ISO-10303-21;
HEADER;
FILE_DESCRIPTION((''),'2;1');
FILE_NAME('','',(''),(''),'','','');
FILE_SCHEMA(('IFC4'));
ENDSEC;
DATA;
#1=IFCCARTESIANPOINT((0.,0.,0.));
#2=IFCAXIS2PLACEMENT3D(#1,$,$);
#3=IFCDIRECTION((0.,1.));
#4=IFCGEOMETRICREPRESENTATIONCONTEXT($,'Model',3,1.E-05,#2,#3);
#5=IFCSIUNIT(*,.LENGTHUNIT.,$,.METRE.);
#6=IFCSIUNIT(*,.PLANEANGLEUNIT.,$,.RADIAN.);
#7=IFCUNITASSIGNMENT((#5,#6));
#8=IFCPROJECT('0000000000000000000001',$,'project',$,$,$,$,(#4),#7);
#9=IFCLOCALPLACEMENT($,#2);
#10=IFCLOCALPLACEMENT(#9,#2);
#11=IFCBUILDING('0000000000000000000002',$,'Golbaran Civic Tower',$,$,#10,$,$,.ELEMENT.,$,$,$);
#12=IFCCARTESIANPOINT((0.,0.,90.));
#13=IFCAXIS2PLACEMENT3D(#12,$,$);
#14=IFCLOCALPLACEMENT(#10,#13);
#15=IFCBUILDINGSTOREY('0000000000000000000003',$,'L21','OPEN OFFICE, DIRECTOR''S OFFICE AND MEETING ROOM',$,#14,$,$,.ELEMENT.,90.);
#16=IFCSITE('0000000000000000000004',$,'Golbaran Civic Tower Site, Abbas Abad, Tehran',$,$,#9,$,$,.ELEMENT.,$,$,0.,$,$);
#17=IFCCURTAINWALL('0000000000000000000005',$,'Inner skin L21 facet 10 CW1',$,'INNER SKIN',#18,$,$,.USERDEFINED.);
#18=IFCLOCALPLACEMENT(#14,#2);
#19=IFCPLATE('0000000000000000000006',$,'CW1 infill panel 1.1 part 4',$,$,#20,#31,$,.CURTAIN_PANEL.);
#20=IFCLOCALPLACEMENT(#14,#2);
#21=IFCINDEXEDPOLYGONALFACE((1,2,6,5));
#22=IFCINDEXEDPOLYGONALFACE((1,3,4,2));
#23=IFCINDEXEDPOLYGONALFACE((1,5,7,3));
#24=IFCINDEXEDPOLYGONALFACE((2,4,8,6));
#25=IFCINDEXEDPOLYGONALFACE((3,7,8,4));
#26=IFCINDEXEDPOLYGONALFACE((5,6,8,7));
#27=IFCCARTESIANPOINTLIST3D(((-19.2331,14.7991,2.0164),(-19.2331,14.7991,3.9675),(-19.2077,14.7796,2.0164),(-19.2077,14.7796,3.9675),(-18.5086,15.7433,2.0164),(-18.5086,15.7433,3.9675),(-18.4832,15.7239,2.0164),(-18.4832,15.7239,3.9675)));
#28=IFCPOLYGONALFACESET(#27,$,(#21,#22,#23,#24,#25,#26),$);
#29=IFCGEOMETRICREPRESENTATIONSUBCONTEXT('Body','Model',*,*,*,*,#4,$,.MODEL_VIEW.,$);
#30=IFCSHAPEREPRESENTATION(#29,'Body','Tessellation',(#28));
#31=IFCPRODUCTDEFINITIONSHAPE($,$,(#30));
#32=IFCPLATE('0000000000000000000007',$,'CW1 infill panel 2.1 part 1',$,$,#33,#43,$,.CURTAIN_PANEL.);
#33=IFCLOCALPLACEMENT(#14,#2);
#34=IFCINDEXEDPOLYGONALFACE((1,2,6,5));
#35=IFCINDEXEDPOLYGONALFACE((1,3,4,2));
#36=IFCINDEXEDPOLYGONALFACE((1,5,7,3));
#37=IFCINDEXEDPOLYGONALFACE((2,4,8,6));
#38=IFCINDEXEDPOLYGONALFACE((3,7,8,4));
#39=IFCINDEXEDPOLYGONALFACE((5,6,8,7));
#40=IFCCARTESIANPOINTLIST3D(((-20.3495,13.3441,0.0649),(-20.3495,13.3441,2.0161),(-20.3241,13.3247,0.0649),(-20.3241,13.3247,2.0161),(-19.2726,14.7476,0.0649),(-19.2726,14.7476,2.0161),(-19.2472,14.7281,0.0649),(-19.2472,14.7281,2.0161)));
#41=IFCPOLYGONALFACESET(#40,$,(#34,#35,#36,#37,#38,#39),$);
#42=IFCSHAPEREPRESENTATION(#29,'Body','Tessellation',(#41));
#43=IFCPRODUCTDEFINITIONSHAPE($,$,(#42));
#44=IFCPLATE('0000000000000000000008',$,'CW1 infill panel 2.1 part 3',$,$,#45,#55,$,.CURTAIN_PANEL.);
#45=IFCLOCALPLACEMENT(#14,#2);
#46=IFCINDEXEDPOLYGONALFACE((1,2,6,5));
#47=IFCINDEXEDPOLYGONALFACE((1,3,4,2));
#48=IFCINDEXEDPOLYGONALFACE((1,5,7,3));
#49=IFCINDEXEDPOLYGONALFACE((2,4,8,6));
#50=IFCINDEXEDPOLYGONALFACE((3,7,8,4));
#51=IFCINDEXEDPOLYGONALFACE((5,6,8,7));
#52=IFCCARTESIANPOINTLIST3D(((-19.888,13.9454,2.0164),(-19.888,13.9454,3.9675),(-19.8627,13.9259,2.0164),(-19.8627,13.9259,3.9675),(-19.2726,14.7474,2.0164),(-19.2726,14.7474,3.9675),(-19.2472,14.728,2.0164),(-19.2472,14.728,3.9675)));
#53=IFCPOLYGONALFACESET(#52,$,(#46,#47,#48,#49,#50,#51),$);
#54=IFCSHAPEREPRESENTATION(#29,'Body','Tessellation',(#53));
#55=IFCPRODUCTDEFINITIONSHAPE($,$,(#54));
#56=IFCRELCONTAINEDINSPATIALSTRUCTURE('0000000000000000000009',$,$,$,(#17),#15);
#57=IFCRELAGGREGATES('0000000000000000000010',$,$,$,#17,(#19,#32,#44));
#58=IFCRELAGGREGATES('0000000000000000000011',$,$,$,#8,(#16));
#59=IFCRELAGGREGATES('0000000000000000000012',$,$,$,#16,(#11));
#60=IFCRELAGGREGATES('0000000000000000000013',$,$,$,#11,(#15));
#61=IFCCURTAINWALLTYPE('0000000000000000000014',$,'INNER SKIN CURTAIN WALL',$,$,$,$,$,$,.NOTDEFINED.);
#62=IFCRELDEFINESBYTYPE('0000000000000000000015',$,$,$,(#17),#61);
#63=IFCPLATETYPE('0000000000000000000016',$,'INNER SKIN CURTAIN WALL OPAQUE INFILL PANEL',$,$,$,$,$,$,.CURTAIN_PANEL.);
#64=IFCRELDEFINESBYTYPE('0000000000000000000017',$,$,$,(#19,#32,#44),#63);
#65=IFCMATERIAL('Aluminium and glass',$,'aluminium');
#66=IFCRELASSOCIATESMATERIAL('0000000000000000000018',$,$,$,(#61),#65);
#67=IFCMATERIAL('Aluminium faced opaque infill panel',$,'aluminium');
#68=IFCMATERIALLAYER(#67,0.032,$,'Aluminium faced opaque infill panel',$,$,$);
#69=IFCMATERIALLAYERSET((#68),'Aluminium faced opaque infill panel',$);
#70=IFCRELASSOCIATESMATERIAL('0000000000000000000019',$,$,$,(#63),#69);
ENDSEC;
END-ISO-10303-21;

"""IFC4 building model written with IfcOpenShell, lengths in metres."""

from ifc_helpers import new_model, si_unit, direction, frame, origin, origin_2d, place, context, subcontext, project, spatial, rectangle, extrude, material, layer, layer_set, type_object, element, aggregate, save


model = new_model("IFC4")

# Units and contexts
model_context = context("Model", 3, precision=1e-05, world=origin(), true_north=direction((0.0, 1.0)))
body_context = subcontext(model_context, "Body", "Model", "MODEL_VIEW")
ifc_project = project(units=[si_unit("LENGTHUNIT", "METRE"), si_unit("PLANEANGLEUNIT", "RADIAN")], contexts=[model_context])

# Site, building, storey
site_placement = place(None, origin())
site = spatial("IfcSite", under=ifc_project, at=site_placement, Name="Golbaran Civic Tower Site, Abbas Abad, Tehran", CompositionType="ELEMENT", RefElevation=0.0)
building_placement = place(site_placement, origin())
building = spatial("IfcBuilding", under=site, at=building_placement, Name="Golbaran Civic Tower", CompositionType="ELEMENT")
storey_placement = place(building_placement, frame((0.0, 0.0, 90.0)))
storey = spatial("IfcBuildingStorey", under=building, at=storey_placement, Name="L21", Description="OPEN OFFICE, DIRECTOR'S OFFICE AND MEETING ROOM", CompositionType="ELEMENT", Elevation=90.0)

# Shared definitions
ifc_material_1 = material(Name="Aluminium and glass", Category="aluminium")
curtain_wall_type = type_object("IfcCurtainWallType", Name="INNER SKIN CURTAIN WALL", PredefinedType="NOTDEFINED", material=ifc_material_1)

# Curtain wall
curtain_wall_1_placement = place(storey_placement, origin())
curtain_wall_1 = element("IfcCurtainWall", 1, at=curtain_wall_1_placement, inside=storey, type_object=curtain_wall_type, Name="Inner skin L21 facet 10 CW1", ObjectType="INNER SKIN", PredefinedType="USERDEFINED")

# Plates
ifc_material_2 = material(Name="Aluminium faced opaque infill panel", Category="aluminium")
ifc_layer_1 = layer(ifc_material_2, 0.032, Name="Aluminium faced opaque infill panel")
ifc_layer_set_1 = layer_set([ifc_layer_1], Name="Aluminium faced opaque infill panel")
plate_type_1 = type_object("IfcPlateType", Name="INNER SKIN CURTAIN WALL OPAQUE INFILL PANEL", PredefinedType="CURTAIN_PANEL", material=ifc_layer_set_1)
plate_1_placement = place(storey_placement, frame((-18.8582, 15.2615, 2.0164), z_axis=(0.0, 0.0, 1.0), x_axis=(-0.608761, -0.793353, 0.0)))
plate_1 = element("IfcPlate", 2, at=plate_1_placement, type_object=plate_type_1, Name="CW1 infill panel 1.1 part 4", PredefinedType="CURTAIN_PANEL", context=body_context, shape_type="SweptSolid", body=[
    extrude(rectangle(XDim=1.1902, YDim=0.032, at=origin_2d()), origin(), (0.0, 0.0, 1.0), 1.9512),
])
plate_2_placement = place(storey_placement, frame((-19.7983, 14.0361, 0.0649), z_axis=(0.0, 0.0, 1.0), x_axis=(-0.608761, -0.793353, 0.0)))
plate_2 = element("IfcPlate", 3, at=plate_2_placement, type_object=plate_type_1, Name="CW1 infill panel 2.1 part 1", PredefinedType="CURTAIN_PANEL", context=body_context, shape_type="SweptSolid", body=[
    extrude(rectangle(XDim=1.769, YDim=0.032, at=origin_2d()), origin(), (0.0, 0.0, 1.0), 1.9512),
])
plate_3_placement = place(storey_placement, frame((-19.5676, 14.3367, 2.0164), z_axis=(0.0, 0.0, 1.0), x_axis=(-0.608761, -0.793353, 0.0)))
plate_3 = element("IfcPlate", 4, at=plate_3_placement, type_object=plate_type_1, Name="CW1 infill panel 2.1 part 3", PredefinedType="CURTAIN_PANEL", context=body_context, shape_type="SweptSolid", body=[
    extrude(rectangle(XDim=1.011, YDim=0.032, at=origin_2d()), origin(), (0.0, 0.0, 1.0), 1.9512),
])
aggregate(curtain_wall_1, [plate_1, plate_2, plate_3])

save(model, "model.ifc")
